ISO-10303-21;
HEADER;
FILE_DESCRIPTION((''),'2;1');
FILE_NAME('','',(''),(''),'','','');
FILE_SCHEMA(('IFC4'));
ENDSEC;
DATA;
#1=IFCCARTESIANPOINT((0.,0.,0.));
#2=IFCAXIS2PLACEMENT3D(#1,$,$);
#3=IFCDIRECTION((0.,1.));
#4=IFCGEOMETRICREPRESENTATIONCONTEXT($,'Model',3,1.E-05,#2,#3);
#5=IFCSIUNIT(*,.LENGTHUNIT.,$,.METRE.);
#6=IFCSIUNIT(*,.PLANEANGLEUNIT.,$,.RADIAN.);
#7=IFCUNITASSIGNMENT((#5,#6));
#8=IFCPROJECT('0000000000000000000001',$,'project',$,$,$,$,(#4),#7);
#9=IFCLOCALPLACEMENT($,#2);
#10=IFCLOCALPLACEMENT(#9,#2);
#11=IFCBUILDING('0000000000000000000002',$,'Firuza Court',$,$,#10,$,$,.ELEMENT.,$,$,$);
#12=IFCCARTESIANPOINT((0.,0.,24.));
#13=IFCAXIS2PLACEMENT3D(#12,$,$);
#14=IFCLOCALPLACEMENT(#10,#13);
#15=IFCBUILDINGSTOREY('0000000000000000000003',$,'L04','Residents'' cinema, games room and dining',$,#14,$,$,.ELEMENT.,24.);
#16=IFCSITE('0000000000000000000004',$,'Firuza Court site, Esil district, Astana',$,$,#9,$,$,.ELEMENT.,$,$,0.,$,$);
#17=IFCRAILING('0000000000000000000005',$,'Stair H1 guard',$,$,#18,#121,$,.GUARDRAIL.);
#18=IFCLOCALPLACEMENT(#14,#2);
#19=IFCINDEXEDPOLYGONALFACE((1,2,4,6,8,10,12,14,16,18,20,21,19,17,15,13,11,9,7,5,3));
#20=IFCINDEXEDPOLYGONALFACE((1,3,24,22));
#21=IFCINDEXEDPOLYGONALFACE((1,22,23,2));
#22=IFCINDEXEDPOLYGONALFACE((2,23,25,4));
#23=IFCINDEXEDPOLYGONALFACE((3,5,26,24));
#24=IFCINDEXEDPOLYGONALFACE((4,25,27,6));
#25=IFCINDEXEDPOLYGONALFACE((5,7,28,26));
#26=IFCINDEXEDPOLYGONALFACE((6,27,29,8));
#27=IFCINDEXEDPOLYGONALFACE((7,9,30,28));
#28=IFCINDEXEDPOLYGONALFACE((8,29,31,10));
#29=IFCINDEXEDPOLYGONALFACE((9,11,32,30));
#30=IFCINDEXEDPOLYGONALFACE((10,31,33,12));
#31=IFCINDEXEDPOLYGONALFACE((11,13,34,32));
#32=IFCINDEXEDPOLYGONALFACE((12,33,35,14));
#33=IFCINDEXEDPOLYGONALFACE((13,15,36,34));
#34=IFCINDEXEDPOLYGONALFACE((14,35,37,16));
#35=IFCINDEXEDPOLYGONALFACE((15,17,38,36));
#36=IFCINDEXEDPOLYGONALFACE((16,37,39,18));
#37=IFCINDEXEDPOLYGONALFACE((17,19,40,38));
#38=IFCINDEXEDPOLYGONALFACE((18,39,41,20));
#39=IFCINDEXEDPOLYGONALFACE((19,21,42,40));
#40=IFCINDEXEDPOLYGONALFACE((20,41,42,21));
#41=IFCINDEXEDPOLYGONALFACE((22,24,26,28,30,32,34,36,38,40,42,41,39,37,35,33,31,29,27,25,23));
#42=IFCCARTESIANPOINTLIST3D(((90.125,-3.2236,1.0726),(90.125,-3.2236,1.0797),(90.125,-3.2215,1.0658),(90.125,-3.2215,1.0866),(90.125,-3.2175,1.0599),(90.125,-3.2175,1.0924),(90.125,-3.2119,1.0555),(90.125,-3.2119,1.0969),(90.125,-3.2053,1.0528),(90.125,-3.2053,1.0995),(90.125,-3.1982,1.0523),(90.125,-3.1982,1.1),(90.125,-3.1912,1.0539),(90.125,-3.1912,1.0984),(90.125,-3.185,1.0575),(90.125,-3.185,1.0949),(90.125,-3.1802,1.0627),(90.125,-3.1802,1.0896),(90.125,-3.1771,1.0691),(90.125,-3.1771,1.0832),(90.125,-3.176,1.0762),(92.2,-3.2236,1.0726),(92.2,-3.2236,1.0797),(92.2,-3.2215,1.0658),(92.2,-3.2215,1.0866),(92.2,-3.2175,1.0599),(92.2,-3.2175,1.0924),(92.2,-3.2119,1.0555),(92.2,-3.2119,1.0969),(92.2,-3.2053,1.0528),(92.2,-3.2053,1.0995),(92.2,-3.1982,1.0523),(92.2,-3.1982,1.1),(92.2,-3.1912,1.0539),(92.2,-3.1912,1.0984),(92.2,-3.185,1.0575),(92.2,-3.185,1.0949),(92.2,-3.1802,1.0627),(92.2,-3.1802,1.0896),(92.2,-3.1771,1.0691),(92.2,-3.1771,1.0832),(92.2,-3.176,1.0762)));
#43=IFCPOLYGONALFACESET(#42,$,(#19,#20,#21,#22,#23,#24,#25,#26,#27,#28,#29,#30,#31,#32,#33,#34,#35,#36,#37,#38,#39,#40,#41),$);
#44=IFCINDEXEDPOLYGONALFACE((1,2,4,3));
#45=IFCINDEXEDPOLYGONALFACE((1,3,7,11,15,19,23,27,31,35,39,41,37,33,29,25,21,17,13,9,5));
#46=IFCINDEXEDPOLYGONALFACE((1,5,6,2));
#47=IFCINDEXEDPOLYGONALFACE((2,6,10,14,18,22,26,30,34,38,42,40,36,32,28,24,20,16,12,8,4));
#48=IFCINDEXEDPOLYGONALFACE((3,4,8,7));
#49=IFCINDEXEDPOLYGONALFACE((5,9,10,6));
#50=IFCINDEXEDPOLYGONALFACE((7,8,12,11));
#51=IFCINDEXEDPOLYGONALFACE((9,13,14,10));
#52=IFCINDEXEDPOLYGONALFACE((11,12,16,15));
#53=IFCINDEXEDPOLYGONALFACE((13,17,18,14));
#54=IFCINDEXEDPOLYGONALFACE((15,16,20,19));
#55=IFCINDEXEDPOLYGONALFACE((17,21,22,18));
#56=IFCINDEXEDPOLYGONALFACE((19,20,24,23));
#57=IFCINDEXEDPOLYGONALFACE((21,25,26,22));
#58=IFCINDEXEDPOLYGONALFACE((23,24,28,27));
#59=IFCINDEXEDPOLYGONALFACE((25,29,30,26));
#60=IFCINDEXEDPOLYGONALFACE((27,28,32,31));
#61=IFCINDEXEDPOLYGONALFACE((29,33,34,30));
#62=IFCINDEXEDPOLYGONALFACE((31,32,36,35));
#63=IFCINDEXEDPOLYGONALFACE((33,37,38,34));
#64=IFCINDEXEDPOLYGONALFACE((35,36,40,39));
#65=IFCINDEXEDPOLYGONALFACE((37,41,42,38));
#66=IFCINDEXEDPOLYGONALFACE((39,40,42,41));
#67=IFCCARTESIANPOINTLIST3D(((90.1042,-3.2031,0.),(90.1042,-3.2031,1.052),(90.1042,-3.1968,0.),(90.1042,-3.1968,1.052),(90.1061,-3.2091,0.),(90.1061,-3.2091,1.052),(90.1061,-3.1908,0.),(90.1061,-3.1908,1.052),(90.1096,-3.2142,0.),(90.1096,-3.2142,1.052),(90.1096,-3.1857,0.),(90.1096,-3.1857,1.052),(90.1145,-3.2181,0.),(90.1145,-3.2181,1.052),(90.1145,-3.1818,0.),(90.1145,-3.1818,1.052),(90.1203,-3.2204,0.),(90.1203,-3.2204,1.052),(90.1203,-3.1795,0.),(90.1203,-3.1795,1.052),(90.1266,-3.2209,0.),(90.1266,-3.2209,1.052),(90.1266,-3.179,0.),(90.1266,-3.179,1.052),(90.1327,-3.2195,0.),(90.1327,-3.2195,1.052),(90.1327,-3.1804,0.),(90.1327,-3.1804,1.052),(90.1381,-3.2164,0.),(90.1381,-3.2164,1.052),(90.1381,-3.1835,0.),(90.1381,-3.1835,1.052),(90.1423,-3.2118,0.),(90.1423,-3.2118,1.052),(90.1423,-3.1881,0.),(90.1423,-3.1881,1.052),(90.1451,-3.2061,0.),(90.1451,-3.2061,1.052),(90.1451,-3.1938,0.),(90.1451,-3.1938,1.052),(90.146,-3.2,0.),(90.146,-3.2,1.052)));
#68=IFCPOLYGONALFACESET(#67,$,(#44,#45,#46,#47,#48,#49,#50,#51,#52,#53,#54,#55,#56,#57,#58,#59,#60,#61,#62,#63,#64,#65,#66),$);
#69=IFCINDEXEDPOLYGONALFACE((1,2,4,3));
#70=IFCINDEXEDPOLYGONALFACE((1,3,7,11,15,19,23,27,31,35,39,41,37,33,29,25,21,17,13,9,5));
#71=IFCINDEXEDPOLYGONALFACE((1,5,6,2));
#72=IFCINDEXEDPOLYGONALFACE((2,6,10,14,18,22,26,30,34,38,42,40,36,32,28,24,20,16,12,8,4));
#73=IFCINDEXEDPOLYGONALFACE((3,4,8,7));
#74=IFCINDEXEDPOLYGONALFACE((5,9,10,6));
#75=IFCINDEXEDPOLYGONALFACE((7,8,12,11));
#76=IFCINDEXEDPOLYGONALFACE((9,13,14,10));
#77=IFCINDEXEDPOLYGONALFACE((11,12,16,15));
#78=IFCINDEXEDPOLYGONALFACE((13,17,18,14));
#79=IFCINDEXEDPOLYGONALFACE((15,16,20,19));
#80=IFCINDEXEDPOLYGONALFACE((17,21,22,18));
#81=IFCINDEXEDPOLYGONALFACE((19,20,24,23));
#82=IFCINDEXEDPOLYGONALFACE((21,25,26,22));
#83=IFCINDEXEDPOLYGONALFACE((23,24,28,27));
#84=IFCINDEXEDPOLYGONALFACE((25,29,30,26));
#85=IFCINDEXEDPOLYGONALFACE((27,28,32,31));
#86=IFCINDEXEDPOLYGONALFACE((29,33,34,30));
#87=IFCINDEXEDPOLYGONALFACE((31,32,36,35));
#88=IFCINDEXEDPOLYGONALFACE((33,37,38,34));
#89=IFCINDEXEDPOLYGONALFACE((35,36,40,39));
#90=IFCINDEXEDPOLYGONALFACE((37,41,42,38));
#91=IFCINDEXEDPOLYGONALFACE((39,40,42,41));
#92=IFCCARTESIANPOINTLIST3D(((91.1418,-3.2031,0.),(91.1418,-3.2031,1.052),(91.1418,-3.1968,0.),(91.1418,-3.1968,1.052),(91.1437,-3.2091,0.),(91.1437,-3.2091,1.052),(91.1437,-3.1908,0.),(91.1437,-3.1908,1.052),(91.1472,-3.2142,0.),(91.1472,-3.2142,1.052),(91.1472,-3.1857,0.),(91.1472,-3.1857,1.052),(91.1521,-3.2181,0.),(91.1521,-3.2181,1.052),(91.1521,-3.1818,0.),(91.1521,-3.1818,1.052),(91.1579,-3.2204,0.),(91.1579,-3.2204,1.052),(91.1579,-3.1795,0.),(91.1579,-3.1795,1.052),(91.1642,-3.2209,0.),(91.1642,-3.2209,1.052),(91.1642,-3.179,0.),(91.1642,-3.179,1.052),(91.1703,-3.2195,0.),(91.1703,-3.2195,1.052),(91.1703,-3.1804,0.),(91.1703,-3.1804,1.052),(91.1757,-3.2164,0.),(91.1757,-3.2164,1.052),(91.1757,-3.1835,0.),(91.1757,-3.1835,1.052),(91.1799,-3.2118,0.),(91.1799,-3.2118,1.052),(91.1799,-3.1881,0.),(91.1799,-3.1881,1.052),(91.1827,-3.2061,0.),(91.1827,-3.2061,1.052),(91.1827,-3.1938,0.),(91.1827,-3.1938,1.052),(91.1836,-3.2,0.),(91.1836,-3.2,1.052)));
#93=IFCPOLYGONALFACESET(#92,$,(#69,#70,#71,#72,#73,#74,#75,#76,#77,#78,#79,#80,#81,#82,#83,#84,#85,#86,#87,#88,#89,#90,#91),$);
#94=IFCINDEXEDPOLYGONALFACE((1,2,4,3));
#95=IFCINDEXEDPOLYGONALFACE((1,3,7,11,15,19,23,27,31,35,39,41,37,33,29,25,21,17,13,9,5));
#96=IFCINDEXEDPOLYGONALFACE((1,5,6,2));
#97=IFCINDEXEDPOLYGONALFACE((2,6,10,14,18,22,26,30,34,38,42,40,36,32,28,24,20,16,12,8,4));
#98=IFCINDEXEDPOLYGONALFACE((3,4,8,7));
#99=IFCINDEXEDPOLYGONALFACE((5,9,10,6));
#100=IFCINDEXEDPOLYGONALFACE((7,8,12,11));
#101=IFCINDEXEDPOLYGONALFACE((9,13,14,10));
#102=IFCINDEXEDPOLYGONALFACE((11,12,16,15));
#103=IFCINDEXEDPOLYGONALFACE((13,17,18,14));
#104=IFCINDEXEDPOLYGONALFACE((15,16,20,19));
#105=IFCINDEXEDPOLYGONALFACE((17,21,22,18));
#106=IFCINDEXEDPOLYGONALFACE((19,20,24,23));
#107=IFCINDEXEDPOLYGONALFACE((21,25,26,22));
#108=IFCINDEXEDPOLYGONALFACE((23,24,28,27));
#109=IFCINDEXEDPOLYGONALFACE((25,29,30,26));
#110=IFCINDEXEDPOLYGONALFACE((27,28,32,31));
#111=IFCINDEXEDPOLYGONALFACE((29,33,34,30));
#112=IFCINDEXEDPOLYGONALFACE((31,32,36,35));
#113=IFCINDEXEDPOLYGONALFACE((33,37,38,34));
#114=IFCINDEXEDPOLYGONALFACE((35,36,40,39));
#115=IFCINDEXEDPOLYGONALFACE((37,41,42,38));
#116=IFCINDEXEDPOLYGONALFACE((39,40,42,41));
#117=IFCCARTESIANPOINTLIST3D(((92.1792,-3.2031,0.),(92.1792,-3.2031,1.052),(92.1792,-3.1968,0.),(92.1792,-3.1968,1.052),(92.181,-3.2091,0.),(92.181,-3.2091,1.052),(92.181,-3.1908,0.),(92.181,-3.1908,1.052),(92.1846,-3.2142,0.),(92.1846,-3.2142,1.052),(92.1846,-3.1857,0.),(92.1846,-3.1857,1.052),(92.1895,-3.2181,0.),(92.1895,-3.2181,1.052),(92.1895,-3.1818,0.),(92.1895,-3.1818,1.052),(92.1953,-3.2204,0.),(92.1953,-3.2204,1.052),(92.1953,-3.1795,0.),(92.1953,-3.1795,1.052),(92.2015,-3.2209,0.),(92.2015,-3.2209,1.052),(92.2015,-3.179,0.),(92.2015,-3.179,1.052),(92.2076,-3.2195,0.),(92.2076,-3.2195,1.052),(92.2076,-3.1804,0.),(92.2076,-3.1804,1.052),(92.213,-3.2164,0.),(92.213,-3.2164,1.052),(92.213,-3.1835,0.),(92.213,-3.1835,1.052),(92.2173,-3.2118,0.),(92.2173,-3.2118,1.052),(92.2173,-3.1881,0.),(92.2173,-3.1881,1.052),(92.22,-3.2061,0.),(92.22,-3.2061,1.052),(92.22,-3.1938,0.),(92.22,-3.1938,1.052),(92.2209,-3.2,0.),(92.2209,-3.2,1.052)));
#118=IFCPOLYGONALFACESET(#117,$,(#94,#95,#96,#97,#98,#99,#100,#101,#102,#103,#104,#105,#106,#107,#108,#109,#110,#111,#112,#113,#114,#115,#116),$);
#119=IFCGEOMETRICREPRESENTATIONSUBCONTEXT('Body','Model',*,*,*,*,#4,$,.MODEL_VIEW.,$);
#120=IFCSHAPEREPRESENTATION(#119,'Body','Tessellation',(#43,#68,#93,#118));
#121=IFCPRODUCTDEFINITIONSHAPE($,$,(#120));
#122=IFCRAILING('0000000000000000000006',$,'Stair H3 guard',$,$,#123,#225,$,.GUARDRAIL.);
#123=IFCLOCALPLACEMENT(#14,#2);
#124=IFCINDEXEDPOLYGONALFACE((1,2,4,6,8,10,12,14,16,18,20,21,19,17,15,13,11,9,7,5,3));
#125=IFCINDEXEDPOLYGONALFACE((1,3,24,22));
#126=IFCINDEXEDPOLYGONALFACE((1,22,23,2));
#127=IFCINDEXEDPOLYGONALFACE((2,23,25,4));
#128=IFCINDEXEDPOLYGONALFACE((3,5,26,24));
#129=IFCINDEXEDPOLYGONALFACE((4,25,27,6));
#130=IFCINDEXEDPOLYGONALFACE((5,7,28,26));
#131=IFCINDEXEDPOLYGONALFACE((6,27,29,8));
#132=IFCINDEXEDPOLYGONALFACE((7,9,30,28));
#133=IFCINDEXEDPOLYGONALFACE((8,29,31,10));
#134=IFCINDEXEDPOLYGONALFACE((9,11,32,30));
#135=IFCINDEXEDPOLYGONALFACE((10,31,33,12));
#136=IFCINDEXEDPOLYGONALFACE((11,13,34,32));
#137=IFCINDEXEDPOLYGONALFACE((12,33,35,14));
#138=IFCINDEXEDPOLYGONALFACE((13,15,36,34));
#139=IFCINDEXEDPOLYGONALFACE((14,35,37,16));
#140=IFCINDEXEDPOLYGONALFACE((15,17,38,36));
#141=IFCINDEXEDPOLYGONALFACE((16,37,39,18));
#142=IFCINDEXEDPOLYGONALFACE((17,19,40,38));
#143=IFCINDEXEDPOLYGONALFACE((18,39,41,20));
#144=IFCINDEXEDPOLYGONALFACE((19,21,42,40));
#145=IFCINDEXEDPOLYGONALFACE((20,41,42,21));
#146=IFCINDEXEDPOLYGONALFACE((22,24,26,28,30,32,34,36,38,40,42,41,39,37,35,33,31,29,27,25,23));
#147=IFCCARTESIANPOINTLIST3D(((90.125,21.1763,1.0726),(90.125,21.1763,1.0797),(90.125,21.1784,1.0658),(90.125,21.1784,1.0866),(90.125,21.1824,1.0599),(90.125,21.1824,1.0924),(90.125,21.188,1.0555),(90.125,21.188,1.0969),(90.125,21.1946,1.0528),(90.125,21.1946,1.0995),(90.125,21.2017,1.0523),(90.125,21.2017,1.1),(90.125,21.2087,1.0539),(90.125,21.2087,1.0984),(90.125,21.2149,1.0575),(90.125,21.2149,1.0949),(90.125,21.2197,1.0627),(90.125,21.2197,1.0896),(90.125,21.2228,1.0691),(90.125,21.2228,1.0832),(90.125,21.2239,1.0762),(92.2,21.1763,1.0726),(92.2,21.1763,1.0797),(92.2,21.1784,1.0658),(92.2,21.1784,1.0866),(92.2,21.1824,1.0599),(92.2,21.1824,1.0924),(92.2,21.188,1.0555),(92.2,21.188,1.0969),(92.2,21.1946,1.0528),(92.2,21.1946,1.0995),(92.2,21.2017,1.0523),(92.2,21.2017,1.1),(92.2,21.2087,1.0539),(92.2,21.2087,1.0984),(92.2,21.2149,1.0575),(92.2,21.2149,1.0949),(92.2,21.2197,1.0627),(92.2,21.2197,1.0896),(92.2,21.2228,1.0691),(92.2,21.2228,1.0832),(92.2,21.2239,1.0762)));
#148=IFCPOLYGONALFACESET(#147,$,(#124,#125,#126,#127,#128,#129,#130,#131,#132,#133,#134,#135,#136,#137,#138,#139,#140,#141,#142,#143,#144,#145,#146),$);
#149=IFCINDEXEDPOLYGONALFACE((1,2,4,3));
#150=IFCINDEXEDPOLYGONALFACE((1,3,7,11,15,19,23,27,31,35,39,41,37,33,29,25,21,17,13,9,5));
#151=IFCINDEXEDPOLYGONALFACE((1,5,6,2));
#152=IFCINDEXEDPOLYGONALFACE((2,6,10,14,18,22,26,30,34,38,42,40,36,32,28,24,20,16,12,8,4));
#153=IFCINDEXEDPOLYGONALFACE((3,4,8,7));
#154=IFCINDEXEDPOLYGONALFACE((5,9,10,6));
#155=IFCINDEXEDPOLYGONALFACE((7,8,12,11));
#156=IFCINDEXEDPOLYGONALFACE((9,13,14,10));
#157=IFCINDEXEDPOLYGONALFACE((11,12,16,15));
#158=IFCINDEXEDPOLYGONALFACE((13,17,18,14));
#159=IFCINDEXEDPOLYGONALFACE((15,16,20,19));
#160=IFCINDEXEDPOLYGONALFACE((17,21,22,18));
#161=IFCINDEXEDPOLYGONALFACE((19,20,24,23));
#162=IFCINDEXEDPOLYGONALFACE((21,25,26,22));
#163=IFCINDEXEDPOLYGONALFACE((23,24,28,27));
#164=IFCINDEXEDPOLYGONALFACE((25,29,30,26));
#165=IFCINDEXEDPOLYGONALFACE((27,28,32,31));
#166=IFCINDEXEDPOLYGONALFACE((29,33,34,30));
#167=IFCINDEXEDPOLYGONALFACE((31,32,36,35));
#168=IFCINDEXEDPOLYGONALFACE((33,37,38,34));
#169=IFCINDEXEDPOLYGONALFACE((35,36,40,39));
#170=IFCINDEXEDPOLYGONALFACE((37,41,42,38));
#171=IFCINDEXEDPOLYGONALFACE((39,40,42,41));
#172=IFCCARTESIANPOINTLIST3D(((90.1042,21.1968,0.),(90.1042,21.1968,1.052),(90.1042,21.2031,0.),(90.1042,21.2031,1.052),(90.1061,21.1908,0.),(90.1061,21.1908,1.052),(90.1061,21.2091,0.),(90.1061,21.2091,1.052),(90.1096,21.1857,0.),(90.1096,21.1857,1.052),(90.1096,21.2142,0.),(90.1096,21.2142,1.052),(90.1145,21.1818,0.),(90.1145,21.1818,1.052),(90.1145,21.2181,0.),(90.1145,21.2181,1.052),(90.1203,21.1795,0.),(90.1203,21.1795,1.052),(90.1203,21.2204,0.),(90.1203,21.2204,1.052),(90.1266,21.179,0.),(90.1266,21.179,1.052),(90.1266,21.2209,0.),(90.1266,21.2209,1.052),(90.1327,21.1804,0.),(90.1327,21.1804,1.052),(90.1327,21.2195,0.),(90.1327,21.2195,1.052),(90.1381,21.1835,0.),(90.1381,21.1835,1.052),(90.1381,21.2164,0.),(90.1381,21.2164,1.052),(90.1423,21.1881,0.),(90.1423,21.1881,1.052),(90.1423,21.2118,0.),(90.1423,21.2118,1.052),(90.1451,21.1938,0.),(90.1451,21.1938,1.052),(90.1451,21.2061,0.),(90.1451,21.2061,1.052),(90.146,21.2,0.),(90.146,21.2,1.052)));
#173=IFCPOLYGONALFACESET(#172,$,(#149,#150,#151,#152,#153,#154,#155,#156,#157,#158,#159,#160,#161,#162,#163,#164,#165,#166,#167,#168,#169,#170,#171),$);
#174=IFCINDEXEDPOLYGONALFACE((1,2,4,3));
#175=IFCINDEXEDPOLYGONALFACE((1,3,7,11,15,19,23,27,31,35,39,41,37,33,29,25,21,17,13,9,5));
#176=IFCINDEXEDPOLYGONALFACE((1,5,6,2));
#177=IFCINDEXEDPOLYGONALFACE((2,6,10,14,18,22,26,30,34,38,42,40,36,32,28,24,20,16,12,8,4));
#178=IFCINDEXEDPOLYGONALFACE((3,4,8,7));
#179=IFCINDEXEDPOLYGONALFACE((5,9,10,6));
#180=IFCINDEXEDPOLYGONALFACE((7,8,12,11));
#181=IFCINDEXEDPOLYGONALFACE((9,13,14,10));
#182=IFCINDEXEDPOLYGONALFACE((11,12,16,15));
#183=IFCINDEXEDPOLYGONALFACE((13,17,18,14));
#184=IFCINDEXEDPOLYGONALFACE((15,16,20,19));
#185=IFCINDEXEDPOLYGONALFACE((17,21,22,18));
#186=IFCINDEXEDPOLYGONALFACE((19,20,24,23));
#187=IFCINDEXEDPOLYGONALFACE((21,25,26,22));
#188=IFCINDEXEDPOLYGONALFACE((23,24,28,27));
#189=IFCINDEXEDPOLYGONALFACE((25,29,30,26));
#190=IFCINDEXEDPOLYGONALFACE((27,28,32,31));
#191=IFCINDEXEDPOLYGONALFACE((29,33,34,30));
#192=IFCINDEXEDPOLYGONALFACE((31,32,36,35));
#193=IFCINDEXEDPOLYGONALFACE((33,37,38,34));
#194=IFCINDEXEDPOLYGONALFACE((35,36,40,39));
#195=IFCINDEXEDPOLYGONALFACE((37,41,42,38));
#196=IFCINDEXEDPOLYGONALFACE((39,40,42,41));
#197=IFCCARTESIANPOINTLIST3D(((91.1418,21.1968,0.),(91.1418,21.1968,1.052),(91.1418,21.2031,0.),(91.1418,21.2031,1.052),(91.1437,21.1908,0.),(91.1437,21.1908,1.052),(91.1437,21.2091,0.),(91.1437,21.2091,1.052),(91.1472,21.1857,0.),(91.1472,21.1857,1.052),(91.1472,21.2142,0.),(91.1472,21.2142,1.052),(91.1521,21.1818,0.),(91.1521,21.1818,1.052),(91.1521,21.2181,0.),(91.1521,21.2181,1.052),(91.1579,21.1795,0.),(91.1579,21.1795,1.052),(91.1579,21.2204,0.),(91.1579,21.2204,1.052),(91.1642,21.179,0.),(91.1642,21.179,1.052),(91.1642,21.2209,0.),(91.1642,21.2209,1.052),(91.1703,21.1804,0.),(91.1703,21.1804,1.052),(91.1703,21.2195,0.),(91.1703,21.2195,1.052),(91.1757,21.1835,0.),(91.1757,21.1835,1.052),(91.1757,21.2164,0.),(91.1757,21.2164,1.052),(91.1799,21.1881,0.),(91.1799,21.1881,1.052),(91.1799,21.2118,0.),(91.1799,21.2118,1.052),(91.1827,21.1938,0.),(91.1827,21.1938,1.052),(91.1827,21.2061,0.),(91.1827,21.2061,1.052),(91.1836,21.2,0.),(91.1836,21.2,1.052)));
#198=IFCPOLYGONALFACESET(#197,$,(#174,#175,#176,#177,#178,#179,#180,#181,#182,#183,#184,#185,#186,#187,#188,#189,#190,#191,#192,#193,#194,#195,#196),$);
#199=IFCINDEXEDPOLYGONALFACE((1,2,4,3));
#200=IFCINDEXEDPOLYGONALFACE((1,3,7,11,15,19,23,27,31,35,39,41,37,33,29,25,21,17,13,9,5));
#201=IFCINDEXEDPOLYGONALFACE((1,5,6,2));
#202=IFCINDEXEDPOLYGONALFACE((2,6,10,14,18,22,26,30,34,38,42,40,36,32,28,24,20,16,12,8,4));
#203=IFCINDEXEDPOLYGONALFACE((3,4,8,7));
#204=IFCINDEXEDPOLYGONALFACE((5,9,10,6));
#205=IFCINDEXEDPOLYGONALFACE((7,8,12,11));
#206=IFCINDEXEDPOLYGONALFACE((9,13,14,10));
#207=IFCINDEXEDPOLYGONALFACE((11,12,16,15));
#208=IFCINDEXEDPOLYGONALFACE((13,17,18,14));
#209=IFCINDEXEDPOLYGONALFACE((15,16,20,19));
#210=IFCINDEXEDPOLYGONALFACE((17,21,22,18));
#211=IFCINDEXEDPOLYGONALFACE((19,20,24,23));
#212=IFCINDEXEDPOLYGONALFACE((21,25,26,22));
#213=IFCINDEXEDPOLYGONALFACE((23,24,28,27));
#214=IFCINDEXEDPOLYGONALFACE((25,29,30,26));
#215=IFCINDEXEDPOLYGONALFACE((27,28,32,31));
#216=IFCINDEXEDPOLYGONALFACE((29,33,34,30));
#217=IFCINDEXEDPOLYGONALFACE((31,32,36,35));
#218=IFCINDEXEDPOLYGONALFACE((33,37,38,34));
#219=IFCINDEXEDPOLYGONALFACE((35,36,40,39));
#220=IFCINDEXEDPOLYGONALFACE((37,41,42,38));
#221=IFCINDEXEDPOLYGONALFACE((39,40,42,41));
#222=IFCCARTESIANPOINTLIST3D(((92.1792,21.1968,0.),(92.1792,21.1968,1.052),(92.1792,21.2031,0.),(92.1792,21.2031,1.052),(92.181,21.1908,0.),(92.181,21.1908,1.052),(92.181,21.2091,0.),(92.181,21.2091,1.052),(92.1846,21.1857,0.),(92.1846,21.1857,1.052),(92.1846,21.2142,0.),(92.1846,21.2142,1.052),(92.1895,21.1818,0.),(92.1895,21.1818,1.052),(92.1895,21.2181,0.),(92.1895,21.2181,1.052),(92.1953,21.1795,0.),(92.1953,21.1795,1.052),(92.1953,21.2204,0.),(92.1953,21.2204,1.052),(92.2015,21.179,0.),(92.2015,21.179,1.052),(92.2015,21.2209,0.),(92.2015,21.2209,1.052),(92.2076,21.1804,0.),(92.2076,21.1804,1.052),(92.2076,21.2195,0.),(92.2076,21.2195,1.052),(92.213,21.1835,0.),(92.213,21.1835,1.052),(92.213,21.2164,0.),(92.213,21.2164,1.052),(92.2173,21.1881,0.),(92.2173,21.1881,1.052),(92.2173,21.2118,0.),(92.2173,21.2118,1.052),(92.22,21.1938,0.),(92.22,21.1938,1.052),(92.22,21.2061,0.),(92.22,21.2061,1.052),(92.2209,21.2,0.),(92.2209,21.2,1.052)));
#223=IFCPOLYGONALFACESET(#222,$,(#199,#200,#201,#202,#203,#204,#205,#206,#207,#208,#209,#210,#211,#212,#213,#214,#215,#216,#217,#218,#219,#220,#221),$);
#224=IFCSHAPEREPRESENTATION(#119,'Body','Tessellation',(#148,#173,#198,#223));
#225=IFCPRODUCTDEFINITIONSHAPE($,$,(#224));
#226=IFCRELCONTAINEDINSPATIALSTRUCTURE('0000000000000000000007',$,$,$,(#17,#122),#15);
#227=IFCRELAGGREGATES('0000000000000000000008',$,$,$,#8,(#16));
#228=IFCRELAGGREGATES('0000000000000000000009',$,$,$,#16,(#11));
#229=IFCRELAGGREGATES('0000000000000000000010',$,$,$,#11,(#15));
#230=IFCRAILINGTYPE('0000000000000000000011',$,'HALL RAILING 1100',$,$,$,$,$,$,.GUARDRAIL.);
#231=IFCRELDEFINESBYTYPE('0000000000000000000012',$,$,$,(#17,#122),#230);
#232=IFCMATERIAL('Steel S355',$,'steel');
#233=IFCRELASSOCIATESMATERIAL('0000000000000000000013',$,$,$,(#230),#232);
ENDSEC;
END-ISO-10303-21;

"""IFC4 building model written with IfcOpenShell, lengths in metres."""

from ifc_helpers import new_model, si_unit, direction, frame, origin, origin_2d, place, context, subcontext, project, spatial, circle, extrude, material, type_object, element, save


model = new_model("IFC4")

# Units and contexts
model_context = context("Model", 3, precision=1e-05, world=origin(), true_north=direction((0.0, 1.0)))
body_context = subcontext(model_context, "Body", "Model", "MODEL_VIEW")
ifc_project = project(units=[si_unit("LENGTHUNIT", "METRE"), si_unit("PLANEANGLEUNIT", "RADIAN")], contexts=[model_context])

# Site, building, storey
site_placement = place(None, origin())
site = spatial("IfcSite", under=ifc_project, at=site_placement, Name="Firuza Court site, Esil district, Astana", CompositionType="ELEMENT", RefElevation=0.0)
building_placement = place(site_placement, origin())
building = spatial("IfcBuilding", under=site, at=building_placement, Name="Firuza Court", CompositionType="ELEMENT")
storey_placement = place(building_placement, frame((0.0, 0.0, 24.0)))
storey = spatial("IfcBuildingStorey", under=building, at=storey_placement, Name="L04", Description="Residents' cinema, games room and dining", CompositionType="ELEMENT", Elevation=24.0)

# Railings
ifc_material_1 = material(Name="Steel S355", Category="steel")
railing_type = type_object("IfcRailingType", Name="HALL RAILING 1100", PredefinedType="GUARDRAIL", material=ifc_material_1)
for number, where, name in (
    (1, (90.125, -3.2, 0.0), "Stair H1 guard"),
    (2, (90.125, 21.2, 0.0), "Stair H3 guard"),
):
    element("IfcRailing", number, at=place(storey_placement, frame(where)), inside=storey, type_object=railing_type, Name=name, PredefinedType="GUARDRAIL", context=body_context, shape_type="SweptSolid", body=[
        extrude(circle(Radius=0.0239, at=origin_2d()), frame((0.0, 0.0, 1.0762), z_axis=(1.0, 0.0, 0.0), x_axis=(0.0, 1.0, 0.0)), (0.0, 0.0, 1.0), 2.075),
        extrude(circle(Radius=0.021, at=origin_2d()), origin(), (0.0, 0.0, 1.0), 1.052),
        extrude(circle(Radius=0.021, at=origin_2d()), frame((1.0376, 0.0, 0.0)), (0.0, 0.0, 1.0), 1.052),
        extrude(circle(Radius=0.021, at=origin_2d()), frame((2.075, 0.0, 0.0)), (0.0, 0.0, 1.0), 1.052),
    ])

save(model, "model.ifc")
